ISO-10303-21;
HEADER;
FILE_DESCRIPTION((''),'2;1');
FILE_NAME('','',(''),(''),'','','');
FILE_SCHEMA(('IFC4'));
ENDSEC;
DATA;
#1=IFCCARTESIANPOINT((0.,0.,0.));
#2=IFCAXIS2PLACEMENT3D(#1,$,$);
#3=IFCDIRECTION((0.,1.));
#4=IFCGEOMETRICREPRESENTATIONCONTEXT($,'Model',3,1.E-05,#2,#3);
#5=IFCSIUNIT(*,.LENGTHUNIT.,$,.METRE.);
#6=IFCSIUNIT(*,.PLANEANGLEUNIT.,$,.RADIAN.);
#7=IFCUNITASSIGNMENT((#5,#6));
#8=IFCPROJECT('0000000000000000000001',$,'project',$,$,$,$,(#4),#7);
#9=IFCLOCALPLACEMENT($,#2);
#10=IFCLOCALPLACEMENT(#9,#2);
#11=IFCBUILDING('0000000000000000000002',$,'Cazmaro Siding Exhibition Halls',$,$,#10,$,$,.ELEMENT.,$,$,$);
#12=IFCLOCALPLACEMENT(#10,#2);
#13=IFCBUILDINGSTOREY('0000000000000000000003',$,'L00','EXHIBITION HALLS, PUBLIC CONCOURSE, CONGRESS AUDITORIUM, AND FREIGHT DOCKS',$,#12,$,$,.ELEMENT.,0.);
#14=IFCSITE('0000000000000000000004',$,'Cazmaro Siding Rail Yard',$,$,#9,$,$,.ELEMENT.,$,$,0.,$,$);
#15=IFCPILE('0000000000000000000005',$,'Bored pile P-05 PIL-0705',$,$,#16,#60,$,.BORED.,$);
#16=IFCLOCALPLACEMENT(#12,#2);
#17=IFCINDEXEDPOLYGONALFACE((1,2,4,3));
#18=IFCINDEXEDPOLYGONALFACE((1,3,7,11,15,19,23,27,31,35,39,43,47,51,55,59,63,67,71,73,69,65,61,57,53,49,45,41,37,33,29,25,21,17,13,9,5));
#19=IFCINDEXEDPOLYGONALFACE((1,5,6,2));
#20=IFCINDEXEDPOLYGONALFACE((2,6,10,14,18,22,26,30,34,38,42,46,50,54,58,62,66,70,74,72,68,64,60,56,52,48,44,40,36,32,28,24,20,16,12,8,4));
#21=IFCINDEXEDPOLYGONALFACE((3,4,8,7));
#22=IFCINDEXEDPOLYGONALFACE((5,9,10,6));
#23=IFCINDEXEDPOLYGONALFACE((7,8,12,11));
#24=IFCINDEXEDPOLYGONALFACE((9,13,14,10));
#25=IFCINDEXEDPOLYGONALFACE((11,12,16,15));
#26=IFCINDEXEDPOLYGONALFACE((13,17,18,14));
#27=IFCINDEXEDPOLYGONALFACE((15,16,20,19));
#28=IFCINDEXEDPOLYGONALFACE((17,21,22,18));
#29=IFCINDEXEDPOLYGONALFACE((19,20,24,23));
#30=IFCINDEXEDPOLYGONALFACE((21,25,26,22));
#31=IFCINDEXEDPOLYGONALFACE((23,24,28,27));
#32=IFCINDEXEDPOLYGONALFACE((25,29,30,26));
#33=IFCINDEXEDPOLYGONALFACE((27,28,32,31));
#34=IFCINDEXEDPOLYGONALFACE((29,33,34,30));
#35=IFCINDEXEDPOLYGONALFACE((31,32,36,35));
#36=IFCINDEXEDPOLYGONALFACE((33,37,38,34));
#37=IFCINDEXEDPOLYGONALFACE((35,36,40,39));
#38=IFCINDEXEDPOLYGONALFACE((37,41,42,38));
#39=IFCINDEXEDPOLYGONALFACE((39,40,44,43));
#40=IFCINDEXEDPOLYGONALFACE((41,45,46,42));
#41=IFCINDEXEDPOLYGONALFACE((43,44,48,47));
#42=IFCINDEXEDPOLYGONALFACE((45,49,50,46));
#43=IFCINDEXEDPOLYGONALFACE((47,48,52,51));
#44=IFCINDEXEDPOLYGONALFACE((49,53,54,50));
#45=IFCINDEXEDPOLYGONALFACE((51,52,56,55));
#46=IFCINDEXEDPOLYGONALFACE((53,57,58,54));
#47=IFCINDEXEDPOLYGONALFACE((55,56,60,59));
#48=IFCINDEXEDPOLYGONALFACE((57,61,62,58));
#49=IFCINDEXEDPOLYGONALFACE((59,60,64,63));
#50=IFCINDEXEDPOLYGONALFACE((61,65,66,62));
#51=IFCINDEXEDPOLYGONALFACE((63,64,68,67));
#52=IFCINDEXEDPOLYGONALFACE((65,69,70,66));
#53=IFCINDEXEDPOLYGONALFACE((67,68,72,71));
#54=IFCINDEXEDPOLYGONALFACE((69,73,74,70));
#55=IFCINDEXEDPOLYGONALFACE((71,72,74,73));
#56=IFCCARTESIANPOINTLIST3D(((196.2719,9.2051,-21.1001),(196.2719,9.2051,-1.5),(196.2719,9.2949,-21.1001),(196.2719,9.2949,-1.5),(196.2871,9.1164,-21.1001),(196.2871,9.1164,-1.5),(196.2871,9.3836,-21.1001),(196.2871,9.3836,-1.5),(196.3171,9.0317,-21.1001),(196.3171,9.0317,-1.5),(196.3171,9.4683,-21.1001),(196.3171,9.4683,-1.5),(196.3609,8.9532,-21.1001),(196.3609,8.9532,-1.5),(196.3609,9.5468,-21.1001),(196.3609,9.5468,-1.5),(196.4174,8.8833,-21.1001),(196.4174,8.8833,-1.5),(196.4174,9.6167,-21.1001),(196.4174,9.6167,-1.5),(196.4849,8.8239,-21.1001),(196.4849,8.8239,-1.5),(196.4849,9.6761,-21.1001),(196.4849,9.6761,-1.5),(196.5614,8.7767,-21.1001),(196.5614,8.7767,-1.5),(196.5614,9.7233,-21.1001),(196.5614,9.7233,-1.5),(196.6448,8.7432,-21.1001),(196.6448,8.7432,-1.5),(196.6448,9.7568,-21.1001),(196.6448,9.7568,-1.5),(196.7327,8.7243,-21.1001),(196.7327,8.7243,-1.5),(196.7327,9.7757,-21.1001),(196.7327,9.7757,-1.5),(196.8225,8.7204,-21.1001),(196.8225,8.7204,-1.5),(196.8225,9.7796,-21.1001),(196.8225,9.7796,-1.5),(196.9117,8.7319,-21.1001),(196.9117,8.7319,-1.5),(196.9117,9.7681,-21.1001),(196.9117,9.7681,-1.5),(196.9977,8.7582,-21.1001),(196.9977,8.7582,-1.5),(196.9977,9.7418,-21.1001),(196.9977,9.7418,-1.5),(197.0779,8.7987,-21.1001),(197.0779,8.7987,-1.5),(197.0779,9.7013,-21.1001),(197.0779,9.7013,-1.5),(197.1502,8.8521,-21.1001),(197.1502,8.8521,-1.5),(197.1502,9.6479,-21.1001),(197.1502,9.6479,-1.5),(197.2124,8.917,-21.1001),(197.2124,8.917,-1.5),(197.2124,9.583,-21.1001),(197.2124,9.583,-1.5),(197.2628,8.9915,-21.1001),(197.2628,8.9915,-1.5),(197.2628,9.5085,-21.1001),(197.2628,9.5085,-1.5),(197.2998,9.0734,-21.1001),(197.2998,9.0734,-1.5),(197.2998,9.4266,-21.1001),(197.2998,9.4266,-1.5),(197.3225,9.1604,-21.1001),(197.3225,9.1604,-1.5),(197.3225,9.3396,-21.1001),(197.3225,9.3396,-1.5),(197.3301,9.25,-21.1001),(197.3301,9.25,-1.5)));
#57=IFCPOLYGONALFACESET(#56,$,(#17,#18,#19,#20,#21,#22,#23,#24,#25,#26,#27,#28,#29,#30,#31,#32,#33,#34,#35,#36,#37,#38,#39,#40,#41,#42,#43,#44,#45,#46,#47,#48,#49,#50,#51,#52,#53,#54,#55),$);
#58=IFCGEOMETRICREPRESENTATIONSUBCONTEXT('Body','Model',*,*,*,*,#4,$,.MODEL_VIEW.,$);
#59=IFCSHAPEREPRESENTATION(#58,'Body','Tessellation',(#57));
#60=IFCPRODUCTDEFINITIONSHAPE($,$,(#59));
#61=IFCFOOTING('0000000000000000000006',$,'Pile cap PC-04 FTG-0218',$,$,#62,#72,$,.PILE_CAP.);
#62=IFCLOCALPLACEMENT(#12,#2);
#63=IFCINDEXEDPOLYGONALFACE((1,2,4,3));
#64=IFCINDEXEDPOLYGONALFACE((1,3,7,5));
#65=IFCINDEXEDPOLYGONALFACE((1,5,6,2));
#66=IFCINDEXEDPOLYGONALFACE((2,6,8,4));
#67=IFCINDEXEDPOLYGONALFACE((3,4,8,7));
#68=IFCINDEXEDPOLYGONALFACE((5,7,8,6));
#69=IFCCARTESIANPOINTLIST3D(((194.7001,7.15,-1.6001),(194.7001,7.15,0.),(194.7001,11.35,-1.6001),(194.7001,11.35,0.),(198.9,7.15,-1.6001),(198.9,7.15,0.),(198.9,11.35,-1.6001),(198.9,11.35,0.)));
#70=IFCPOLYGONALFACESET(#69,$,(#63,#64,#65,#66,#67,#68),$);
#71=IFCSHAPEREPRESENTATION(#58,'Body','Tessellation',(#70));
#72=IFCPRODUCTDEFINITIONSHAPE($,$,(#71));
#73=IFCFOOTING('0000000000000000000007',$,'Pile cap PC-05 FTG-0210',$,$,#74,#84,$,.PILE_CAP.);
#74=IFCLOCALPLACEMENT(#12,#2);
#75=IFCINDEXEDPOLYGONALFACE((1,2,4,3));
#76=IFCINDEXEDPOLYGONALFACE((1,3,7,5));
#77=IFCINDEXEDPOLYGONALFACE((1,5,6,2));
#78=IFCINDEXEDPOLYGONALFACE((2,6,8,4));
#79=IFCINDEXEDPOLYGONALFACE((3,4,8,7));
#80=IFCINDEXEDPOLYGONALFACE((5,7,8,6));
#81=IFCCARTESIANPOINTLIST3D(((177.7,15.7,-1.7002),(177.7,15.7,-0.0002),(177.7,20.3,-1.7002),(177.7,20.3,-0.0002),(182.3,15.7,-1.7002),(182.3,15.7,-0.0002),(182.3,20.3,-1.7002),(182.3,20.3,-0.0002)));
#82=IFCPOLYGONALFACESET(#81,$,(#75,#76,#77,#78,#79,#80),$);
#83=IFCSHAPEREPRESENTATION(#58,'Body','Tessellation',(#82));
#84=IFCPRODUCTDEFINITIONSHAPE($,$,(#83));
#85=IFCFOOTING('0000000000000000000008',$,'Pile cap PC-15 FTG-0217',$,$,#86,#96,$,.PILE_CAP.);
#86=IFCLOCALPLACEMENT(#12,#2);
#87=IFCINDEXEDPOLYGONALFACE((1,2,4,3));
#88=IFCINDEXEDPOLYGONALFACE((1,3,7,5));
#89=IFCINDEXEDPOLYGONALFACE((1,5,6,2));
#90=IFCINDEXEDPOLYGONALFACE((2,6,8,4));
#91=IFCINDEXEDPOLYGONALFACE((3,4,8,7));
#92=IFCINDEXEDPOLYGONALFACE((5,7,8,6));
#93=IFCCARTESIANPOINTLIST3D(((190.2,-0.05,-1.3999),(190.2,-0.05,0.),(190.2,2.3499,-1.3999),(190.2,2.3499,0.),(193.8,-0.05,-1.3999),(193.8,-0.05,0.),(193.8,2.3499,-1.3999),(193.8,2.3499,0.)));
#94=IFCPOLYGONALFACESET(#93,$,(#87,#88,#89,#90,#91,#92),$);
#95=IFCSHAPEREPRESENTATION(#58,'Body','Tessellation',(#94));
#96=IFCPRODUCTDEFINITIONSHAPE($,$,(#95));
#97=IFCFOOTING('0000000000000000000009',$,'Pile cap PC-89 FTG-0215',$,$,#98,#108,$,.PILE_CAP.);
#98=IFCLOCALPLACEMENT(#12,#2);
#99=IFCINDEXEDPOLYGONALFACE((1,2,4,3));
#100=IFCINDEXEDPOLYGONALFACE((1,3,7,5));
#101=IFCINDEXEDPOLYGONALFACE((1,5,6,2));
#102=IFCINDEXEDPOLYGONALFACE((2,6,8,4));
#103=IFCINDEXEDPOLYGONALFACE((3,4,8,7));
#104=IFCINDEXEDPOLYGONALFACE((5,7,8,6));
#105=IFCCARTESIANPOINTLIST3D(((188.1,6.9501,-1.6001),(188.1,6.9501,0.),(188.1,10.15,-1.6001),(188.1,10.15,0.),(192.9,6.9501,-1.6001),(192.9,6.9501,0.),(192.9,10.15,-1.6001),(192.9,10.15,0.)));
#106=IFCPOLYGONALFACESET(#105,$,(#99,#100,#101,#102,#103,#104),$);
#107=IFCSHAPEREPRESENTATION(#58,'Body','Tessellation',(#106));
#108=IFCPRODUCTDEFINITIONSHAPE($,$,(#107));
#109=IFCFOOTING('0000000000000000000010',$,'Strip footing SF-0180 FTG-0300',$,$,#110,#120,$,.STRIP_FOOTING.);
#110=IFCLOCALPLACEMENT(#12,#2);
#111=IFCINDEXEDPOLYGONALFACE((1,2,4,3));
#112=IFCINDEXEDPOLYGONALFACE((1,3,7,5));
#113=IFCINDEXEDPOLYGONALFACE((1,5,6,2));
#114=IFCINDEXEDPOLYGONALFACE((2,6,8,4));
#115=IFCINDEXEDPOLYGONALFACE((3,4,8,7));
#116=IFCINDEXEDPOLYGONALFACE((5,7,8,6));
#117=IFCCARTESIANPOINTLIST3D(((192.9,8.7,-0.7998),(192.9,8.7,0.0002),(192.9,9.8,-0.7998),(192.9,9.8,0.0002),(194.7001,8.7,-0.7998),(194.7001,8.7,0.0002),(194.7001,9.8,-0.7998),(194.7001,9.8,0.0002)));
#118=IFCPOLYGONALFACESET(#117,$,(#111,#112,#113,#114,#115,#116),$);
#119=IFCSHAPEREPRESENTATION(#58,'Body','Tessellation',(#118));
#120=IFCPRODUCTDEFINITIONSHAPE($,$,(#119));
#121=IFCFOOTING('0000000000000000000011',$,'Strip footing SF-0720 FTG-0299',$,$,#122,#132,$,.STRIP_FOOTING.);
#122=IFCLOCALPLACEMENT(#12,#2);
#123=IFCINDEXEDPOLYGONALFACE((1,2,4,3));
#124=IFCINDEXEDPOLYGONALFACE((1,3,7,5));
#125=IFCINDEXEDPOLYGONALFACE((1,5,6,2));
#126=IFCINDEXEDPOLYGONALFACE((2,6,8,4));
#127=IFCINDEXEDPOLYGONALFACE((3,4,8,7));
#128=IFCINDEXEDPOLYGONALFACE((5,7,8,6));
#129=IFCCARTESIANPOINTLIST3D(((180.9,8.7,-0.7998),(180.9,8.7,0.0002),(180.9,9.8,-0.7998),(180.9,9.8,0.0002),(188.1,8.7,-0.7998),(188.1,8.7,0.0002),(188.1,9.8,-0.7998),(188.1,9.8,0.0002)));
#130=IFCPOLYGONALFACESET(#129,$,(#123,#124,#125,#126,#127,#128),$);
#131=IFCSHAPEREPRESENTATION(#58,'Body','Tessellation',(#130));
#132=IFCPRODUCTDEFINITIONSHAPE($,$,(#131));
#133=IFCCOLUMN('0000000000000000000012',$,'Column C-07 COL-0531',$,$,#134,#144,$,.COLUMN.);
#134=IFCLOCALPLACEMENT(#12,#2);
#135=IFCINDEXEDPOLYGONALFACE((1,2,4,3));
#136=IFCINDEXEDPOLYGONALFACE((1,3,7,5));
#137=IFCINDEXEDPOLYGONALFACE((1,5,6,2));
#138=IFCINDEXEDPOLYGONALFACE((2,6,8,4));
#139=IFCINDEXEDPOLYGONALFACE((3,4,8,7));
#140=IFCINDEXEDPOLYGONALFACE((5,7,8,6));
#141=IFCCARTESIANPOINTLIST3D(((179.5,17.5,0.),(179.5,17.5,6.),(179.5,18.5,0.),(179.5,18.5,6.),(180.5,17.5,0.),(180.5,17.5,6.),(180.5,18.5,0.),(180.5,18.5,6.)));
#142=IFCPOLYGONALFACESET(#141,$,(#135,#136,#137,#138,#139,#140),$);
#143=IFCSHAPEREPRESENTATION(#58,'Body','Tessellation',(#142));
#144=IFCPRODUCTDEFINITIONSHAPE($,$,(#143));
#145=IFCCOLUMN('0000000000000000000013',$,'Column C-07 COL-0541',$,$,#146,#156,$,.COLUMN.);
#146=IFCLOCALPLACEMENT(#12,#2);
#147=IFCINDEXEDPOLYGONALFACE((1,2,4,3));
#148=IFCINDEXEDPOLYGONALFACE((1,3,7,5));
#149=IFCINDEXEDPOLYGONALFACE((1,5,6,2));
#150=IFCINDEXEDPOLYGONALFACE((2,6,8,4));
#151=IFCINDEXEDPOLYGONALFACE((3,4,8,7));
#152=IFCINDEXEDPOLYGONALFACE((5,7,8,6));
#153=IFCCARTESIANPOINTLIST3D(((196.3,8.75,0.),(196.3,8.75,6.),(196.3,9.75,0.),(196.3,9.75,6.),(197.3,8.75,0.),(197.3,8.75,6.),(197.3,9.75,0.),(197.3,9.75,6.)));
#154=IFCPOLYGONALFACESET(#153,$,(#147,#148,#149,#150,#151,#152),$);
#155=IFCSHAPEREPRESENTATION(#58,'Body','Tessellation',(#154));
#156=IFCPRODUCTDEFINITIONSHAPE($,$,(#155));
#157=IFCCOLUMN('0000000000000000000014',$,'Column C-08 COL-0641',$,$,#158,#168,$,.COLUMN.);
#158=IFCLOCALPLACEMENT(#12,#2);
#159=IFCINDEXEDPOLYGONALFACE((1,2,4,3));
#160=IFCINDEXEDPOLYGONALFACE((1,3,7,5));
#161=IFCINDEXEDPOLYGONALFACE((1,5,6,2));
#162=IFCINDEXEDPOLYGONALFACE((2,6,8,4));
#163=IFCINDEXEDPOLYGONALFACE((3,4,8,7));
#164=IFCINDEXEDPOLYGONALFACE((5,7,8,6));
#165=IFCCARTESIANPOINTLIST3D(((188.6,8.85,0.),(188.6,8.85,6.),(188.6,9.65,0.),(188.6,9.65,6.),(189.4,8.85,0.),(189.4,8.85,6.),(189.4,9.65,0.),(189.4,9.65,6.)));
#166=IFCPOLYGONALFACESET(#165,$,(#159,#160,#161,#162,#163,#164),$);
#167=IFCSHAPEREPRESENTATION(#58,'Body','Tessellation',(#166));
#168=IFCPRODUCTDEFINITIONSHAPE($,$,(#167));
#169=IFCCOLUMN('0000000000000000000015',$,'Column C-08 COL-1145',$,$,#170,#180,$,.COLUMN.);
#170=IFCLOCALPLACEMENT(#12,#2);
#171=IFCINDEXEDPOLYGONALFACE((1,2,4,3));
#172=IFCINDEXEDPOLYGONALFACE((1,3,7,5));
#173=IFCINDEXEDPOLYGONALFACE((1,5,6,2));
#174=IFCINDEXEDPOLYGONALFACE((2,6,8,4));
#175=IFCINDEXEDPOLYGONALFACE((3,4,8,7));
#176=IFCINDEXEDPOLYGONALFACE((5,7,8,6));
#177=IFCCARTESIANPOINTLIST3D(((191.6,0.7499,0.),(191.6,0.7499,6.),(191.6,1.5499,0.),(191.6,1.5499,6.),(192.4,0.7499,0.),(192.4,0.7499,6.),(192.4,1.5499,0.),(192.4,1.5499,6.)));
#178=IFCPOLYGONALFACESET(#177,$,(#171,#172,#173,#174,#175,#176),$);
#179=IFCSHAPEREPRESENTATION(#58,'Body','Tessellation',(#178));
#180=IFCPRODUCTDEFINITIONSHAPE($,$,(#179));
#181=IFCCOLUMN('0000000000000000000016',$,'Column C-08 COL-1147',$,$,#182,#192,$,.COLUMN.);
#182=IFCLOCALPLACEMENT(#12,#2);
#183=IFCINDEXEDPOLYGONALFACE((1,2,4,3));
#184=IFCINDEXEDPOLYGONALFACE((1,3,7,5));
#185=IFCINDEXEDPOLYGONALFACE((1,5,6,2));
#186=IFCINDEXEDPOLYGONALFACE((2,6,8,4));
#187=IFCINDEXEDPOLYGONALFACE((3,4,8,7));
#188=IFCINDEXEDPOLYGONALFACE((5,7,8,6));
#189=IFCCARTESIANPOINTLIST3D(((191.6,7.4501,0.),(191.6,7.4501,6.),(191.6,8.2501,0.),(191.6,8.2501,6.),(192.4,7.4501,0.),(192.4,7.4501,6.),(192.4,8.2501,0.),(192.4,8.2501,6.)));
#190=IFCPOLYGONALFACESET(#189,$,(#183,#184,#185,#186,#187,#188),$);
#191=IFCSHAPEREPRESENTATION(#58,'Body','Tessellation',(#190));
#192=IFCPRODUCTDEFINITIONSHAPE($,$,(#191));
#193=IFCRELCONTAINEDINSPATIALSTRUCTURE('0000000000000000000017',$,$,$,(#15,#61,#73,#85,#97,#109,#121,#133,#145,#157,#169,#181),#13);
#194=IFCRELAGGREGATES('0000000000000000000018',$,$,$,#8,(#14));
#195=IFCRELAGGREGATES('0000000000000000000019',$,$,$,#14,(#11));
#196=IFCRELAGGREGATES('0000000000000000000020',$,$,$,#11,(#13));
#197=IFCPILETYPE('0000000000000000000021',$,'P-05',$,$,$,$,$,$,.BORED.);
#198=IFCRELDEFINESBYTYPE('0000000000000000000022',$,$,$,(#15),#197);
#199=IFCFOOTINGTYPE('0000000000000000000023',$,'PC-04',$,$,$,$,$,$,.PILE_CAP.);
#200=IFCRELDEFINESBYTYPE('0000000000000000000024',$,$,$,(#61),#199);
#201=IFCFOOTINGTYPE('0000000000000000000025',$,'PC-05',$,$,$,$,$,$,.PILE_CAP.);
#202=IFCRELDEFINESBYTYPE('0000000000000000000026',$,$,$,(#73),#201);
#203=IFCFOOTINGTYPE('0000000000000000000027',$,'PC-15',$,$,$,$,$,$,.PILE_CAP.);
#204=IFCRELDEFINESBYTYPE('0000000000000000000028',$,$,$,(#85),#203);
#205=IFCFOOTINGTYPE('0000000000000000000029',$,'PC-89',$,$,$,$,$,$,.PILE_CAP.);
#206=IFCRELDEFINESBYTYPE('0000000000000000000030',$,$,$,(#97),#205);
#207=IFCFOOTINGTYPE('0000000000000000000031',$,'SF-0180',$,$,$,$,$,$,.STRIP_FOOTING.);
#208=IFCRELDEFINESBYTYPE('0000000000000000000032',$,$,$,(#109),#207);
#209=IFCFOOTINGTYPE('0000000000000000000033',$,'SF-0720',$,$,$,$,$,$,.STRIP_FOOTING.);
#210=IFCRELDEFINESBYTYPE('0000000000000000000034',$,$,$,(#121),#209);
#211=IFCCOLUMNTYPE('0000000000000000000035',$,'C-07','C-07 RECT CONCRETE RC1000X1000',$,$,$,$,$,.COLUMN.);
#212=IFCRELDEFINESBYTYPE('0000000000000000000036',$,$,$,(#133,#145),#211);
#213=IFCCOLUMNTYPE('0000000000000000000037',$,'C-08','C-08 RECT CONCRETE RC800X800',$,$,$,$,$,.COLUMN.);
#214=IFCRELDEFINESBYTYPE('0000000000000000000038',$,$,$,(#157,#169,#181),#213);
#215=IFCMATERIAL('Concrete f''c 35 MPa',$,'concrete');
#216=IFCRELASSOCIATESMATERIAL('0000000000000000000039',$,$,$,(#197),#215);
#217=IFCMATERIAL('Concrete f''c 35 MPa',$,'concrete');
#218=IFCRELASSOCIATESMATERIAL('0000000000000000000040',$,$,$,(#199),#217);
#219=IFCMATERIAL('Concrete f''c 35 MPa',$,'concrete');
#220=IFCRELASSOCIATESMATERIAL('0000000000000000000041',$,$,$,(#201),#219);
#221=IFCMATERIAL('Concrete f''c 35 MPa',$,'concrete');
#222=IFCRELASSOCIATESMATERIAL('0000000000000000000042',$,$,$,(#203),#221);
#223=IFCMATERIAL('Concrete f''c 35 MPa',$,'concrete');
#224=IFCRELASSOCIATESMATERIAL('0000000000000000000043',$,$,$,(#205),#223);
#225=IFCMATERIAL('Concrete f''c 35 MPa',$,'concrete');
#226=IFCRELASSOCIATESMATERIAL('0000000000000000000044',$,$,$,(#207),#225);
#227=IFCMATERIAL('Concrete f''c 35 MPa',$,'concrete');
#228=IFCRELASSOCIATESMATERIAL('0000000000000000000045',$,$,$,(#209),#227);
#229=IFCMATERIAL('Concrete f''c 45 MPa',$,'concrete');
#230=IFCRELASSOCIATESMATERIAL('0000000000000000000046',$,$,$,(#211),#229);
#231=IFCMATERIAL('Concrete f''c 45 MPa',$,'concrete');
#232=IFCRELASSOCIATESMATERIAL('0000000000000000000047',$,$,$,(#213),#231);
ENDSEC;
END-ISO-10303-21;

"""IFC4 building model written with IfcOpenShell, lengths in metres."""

from ifc_helpers import new_model, si_unit, direction, frame, origin, origin_2d, place, context, subcontext, project, spatial, rectangle, circle, extrude, material, material_profile, profile_set, type_object, element, save


model = new_model("IFC4")

# Units and contexts
model_context = context("Model", 3, precision=1e-05, world=origin(), true_north=direction((0.0, 1.0)))
body_context = subcontext(model_context, "Body", "Model", "MODEL_VIEW")
ifc_project = project(units=[si_unit("LENGTHUNIT", "METRE"), si_unit("PLANEANGLEUNIT", "RADIAN")], contexts=[model_context])

# Site, building, storey
site_placement = place(None, origin())
site = spatial("IfcSite", under=ifc_project, at=site_placement, Name="Cazmaro Siding Rail Yard", CompositionType="ELEMENT", RefElevation=0.0)
building_placement = place(site_placement, origin())
building = spatial("IfcBuilding", under=site, at=building_placement, Name="Cazmaro Siding Exhibition Halls", CompositionType="ELEMENT")
storey_placement = place(building_placement, origin())
storey = spatial("IfcBuildingStorey", under=building, at=storey_placement, Name="L00", Description="EXHIBITION HALLS, PUBLIC CONCOURSE, CONGRESS AUDITORIUM, AND FREIGHT DOCKS", CompositionType="ELEMENT", Elevation=0.0)

# Pile
ifc_material_1 = material(Name="Concrete f'c 35 MPa", Category="concrete")
ifc_material_profile_1 = material_profile(ifc_material_1, circle(Radius=0.53, at=origin_2d()), Name="CIDH-1060")
ifc_profile_set_1 = profile_set([ifc_material_profile_1], Name="Concrete f'c 35 MPa")
pile_type_1 = type_object("IfcPileType", Name="P-05", PredefinedType="BORED", material=ifc_profile_set_1)
pile_placement = place(storey_placement, frame((196.8, 9.25, -1.5), z_axis=(0.0, 0.0, -1.0), x_axis=(1.0, 0.0, 0.0)))
element("IfcPile", 1, at=pile_placement, inside=storey, type_object=pile_type_1, Name="Bored pile P-05 PIL-0705", PredefinedType="BORED", context=body_context, shape_type="SweptSolid", body=[
    extrude(circle(Radius=0.53, at=origin_2d()), origin(), (0.0, 0.0, 1.0), 19.6001),
])

# Footings
ifc_material_2 = material(Name="Concrete f'c 35 MPa", Category="concrete")
footing_type_1 = type_object("IfcFootingType", Name="PC-04", PredefinedType="PILE_CAP", material=ifc_material_2)
footing_1_placement = place(storey_placement, frame((196.8, 9.25, -1.6001), z_axis=(0.0, 0.0, 1.0), x_axis=(1.0, 0.0, 0.0)))
element("IfcFooting", 2, at=footing_1_placement, inside=storey, type_object=footing_type_1, Name="Pile cap PC-04 FTG-0218", PredefinedType="PILE_CAP", context=body_context, shape_type="SweptSolid", body=[
    extrude(rectangle(XDim=4.2, YDim=4.2, at=origin_2d()), origin(), (0.0, 0.0, 1.0), 1.6001),
])
ifc_material_3 = material(Name="Concrete f'c 35 MPa", Category="concrete")
footing_type_2 = type_object("IfcFootingType", Name="PC-05", PredefinedType="PILE_CAP", material=ifc_material_3)
footing_2_placement = place(storey_placement, frame((180.0, 18.0, -1.7002), z_axis=(0.0, 0.0, 1.0), x_axis=(1.0, 0.0, 0.0)))
element("IfcFooting", 3, at=footing_2_placement, inside=storey, type_object=footing_type_2, Name="Pile cap PC-05 FTG-0210", PredefinedType="PILE_CAP", context=body_context, shape_type="SweptSolid", body=[
    extrude(rectangle(XDim=4.6001, YDim=4.6001, at=origin_2d()), origin(), (0.0, 0.0, 1.0), 1.7),
])
ifc_material_4 = material(Name="Concrete f'c 35 MPa", Category="concrete")
footing_type_3 = type_object("IfcFootingType", Name="PC-15", PredefinedType="PILE_CAP", material=ifc_material_4)
footing_3_placement = place(storey_placement, frame((192.0, 1.1499, -1.3999), z_axis=(0.0, 0.0, 1.0), x_axis=(1.0, 0.0, 0.0)))
element("IfcFooting", 4, at=footing_3_placement, inside=storey, type_object=footing_type_3, Name="Pile cap PC-15 FTG-0217", PredefinedType="PILE_CAP", context=body_context, shape_type="SweptSolid", body=[
    extrude(rectangle(XDim=3.6001, YDim=2.3999, at=origin_2d()), origin(), (0.0, 0.0, 1.0), 1.3999),
])
ifc_material_5 = material(Name="Concrete f'c 35 MPa", Category="concrete")
footing_type_4 = type_object("IfcFootingType", Name="PC-89", PredefinedType="PILE_CAP", material=ifc_material_5)
footing_4_placement = place(storey_placement, frame((190.5, 8.55, -1.6001), z_axis=(0.0, 0.0, 1.0), x_axis=(1.0, 0.0, 0.0)))
element("IfcFooting", 5, at=footing_4_placement, inside=storey, type_object=footing_type_4, Name="Pile cap PC-89 FTG-0215", PredefinedType="PILE_CAP", context=body_context, shape_type="SweptSolid", body=[
    extrude(rectangle(XDim=4.8, YDim=3.2, at=origin_2d()), origin(), (0.0, 0.0, 1.0), 1.6001),
])
ifc_material_6 = material(Name="Concrete f'c 35 MPa", Category="concrete")
footing_type_5 = type_object("IfcFootingType", Name="SF-0180", PredefinedType="STRIP_FOOTING", material=ifc_material_6)
footing_5_placement = place(storey_placement, frame((193.8, 9.25, -0.7998), z_axis=(0.0, 0.0, 1.0), x_axis=(1.0, 0.0, 0.0)))
element("IfcFooting", 6, at=footing_5_placement, inside=storey, type_object=footing_type_5, Name="Strip footing SF-0180 FTG-0300", PredefinedType="STRIP_FOOTING", context=body_context, shape_type="SweptSolid", body=[
    extrude(rectangle(XDim=1.8, YDim=1.1001, at=origin_2d()), origin(), (0.0, 0.0, 1.0), 0.8),
])
ifc_material_7 = material(Name="Concrete f'c 35 MPa", Category="concrete")
footing_type_6 = type_object("IfcFootingType", Name="SF-0720", PredefinedType="STRIP_FOOTING", material=ifc_material_7)
footing_6_placement = place(storey_placement, frame((184.5, 9.25, -0.7998), z_axis=(0.0, 0.0, 1.0), x_axis=(1.0, 0.0, 0.0)))
element("IfcFooting", 7, at=footing_6_placement, inside=storey, type_object=footing_type_6, Name="Strip footing SF-0720 FTG-0299", PredefinedType="STRIP_FOOTING", context=body_context, shape_type="SweptSolid", body=[
    extrude(rectangle(XDim=7.2, YDim=1.1001, at=origin_2d()), origin(), (0.0, 0.0, 1.0), 0.8),
])

# Columns
ifc_material_8 = material(Name="Concrete f'c 45 MPa", Category="concrete")
ifc_material_profile_2 = material_profile(ifc_material_8, rectangle(XDim=1.0, YDim=1.0, at=origin_2d()), Name="RC1000X1000")
ifc_profile_set_2 = profile_set([ifc_material_profile_2], Name="Concrete f'c 45 MPa")
column_type_1 = type_object("IfcColumnType", Name="C-07", Description="C-07 RECT CONCRETE RC1000X1000", PredefinedType="COLUMN", material=ifc_profile_set_2)
for number, where, z_axis, x_axis, name in (
    (8, (180.0, 18.0, 0.0), (0.0, 0.0, 1.0), (1.0, 0.0, 0.0), "Column C-07 COL-0531"),
    (9, (196.8, 9.25, 0.0), (0.0, 0.0, 1.0), (1.0, 0.0, 0.0), "Column C-07 COL-0541"),
):
    element("IfcColumn", number, at=place(storey_placement, frame(where, z_axis=z_axis, x_axis=x_axis)), inside=storey, type_object=column_type_1, Name=name, PredefinedType="COLUMN", context=body_context, shape_type="SweptSolid", body=[
        extrude(rectangle(XDim=1.0, YDim=1.0, at=origin_2d()), origin(), (0.0, 0.0, 1.0), 6.0),
    ])
ifc_material_9 = material(Name="Concrete f'c 45 MPa", Category="concrete")
ifc_material_profile_3 = material_profile(ifc_material_9, rectangle(XDim=0.8, YDim=0.8, at=origin_2d()), Name="RC800X800")
ifc_profile_set_3 = profile_set([ifc_material_profile_3], Name="Concrete f'c 45 MPa")
column_type_2 = type_object("IfcColumnType", Name="C-08", Description="C-08 RECT CONCRETE RC800X800", PredefinedType="COLUMN", material=ifc_profile_set_3)
for number, where, z_axis, x_axis, name in (
    (10, (189.0, 9.25, 0.0), (0.0, 0.0, 1.0), (1.0, 0.0, 0.0), "Column C-08 COL-0641"),
    (11, (192.0, 1.1499, 0.0), (0.0, 0.0, 1.0), (1.0, 0.0, 0.0), "Column C-08 COL-1145"),
    (12, (192.0, 7.8501, 0.0), (0.0, 0.0, 1.0), (1.0, 0.0, 0.0), "Column C-08 COL-1147"),
):
    element("IfcColumn", number, at=place(storey_placement, frame(where, z_axis=z_axis, x_axis=x_axis)), inside=storey, type_object=column_type_2, Name=name, PredefinedType="COLUMN", context=body_context, shape_type="SweptSolid", body=[
        extrude(rectangle(XDim=0.8, YDim=0.8, at=origin_2d()), origin(), (0.0, 0.0, 1.0), 6.0),
    ])

save(model, "model.ifc")
